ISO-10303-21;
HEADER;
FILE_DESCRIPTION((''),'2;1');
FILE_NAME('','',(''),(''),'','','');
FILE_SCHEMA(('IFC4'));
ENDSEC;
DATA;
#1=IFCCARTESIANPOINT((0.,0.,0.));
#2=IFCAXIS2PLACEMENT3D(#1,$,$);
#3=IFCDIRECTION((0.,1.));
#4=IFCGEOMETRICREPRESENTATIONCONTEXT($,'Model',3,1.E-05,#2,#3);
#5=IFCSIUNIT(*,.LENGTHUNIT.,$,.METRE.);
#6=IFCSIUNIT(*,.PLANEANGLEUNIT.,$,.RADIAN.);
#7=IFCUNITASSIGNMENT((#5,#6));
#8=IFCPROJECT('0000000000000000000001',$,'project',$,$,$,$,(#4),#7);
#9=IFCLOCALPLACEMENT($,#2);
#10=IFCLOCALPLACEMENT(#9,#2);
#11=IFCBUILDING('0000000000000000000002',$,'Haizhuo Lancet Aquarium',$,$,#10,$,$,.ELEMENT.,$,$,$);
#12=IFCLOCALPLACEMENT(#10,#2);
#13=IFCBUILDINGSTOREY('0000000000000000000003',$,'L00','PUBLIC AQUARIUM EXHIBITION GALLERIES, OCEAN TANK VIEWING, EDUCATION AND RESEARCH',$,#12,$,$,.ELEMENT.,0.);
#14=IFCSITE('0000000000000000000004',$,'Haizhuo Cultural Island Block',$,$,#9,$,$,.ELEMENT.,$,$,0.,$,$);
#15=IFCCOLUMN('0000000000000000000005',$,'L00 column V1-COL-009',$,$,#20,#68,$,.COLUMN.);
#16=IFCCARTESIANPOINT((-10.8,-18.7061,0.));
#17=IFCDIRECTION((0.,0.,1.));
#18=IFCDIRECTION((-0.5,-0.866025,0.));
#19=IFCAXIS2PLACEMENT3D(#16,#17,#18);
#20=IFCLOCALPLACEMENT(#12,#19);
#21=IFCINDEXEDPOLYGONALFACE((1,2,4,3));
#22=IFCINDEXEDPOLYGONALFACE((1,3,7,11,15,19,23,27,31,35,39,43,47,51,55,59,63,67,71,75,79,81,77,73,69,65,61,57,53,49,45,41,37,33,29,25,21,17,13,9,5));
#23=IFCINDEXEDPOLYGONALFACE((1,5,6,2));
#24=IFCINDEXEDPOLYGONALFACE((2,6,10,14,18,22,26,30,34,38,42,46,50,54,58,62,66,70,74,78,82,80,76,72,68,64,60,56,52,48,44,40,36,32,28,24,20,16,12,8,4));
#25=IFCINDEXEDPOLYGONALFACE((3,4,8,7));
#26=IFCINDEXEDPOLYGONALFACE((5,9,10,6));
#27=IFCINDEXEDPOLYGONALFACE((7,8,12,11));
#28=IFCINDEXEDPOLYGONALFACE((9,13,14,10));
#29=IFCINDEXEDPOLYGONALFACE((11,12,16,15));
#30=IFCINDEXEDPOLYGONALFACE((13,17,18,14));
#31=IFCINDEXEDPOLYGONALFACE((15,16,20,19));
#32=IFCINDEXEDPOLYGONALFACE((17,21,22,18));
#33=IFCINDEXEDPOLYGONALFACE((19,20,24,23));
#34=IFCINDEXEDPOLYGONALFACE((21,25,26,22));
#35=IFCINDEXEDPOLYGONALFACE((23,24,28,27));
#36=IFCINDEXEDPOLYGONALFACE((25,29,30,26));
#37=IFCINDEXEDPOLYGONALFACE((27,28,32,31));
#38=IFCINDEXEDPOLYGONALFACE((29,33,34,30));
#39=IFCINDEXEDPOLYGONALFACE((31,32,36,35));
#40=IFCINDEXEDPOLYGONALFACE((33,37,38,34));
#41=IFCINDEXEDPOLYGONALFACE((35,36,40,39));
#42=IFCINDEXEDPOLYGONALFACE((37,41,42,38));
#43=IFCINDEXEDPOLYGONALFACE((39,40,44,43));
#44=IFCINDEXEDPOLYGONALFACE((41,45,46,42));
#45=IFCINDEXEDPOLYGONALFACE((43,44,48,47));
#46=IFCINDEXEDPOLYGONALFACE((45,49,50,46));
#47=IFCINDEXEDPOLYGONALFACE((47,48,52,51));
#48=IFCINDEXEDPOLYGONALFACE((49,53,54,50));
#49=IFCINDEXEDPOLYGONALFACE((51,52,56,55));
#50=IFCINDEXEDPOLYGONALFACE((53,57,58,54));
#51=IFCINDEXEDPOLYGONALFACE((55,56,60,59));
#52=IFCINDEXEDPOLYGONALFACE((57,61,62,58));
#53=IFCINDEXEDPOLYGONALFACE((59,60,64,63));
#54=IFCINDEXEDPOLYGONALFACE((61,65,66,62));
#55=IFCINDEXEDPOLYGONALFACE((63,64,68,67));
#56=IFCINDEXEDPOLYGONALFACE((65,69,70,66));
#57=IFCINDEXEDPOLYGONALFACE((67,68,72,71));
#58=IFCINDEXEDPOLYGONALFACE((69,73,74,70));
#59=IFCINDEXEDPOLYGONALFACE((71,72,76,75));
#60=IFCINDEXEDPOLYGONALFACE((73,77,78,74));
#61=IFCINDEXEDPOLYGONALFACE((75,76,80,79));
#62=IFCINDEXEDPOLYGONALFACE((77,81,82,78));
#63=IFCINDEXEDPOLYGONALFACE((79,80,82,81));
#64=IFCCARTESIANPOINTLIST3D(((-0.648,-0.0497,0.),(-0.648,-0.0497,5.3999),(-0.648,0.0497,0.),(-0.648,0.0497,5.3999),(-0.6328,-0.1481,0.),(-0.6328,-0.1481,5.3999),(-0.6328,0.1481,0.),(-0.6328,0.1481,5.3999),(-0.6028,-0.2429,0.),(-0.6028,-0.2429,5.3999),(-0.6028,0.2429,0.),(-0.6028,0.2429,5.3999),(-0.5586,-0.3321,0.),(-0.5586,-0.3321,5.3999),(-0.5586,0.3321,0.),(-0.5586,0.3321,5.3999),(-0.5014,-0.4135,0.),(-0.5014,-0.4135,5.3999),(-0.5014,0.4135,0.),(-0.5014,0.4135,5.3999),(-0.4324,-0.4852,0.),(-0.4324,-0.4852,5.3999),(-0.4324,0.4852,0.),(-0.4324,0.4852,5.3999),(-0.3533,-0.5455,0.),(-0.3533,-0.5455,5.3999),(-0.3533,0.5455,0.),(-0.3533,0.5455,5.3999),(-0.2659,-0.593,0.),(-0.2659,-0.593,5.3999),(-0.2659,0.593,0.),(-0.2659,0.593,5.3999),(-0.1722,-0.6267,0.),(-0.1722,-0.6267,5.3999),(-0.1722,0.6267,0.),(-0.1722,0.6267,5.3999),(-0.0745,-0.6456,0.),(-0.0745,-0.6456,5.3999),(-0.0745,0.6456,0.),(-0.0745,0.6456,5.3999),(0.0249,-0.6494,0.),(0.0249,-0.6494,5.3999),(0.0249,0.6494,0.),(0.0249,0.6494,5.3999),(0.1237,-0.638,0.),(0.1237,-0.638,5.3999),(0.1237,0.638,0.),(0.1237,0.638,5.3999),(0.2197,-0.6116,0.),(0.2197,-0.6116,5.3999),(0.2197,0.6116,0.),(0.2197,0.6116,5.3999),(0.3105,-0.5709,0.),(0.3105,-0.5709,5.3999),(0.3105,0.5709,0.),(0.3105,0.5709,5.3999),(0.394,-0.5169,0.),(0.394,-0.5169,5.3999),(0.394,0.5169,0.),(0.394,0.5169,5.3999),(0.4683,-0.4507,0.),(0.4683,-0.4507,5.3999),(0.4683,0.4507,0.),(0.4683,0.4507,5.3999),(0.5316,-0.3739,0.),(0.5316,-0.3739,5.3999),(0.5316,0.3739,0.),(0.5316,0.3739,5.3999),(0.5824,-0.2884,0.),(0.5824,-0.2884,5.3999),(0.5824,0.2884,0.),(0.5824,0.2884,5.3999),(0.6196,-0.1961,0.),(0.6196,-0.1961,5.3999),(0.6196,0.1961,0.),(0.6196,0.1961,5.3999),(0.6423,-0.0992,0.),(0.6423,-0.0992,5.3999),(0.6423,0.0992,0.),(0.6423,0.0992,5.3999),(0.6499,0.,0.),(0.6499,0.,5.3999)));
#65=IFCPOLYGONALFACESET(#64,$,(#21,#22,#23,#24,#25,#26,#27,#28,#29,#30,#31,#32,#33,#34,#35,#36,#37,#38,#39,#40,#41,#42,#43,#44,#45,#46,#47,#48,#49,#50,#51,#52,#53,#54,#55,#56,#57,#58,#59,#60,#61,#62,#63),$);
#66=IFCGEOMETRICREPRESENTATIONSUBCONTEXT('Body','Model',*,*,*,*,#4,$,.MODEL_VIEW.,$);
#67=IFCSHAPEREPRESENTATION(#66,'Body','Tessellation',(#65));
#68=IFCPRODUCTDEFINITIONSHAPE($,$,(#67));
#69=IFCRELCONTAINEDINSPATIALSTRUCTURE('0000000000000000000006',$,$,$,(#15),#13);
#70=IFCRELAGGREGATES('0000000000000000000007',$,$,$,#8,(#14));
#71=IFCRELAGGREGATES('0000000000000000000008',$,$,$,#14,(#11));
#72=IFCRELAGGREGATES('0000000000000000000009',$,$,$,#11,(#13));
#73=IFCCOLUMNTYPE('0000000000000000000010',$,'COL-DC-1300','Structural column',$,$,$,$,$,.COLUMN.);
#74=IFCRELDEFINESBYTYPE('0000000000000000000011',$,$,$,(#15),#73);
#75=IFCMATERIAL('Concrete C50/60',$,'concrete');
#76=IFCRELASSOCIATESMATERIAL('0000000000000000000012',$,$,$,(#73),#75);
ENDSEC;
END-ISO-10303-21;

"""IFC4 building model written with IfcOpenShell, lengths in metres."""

from ifc_helpers import new_model, si_unit, direction, frame, origin, origin_2d, place, context, subcontext, project, spatial, circle, extrude, material, material_profile, profile_set, type_object, element, save


model = new_model("IFC4")

# Units and contexts
model_context = context("Model", 3, precision=1e-05, world=origin(), true_north=direction((0.0, 1.0)))
body_context = subcontext(model_context, "Body", "Model", "MODEL_VIEW")
ifc_project = project(units=[si_unit("LENGTHUNIT", "METRE"), si_unit("PLANEANGLEUNIT", "RADIAN")], contexts=[model_context])

# Site, building, storey
site_placement = place(None, origin())
site = spatial("IfcSite", under=ifc_project, at=site_placement, Name="Haizhuo Cultural Island Block", CompositionType="ELEMENT", RefElevation=0.0)
building_placement = place(site_placement, origin())
building = spatial("IfcBuilding", under=site, at=building_placement, Name="Haizhuo Lancet Aquarium", CompositionType="ELEMENT")
storey_placement = place(building_placement, origin())
storey = spatial("IfcBuildingStorey", under=building, at=storey_placement, Name="L00", Description="PUBLIC AQUARIUM EXHIBITION GALLERIES, OCEAN TANK VIEWING, EDUCATION AND RESEARCH", CompositionType="ELEMENT", Elevation=0.0)

# Column
ifc_material_1 = material(Name="Concrete C50/60", Category="concrete")
ifc_material_profile_1 = material_profile(ifc_material_1, circle(Radius=0.6499, at=origin_2d()), Name="RC-DC 1300")
ifc_profile_set_1 = profile_set([ifc_material_profile_1], Name="Concrete C50/60")
column_type_1 = type_object("IfcColumnType", Name="COL-DC-1300", Description="Structural column", PredefinedType="COLUMN", material=ifc_profile_set_1)
for number, where, z_axis, x_axis, name in (
    (1, (-10.8, -18.7061, 0.0), (0.0, 0.0, 1.0), (-0.5, -0.866025, 0.0), "L00 column V1-COL-009"),
):
    element("IfcColumn", number, at=place(storey_placement, frame(where, z_axis=z_axis, x_axis=x_axis)), inside=storey, type_object=column_type_1, Name=name, PredefinedType="COLUMN", context=body_context, shape_type="SweptSolid", body=[
        extrude(circle(Radius=0.6499, at=origin_2d()), origin(), (0.0, 0.0, 1.0), 5.3999),
    ])

save(model, "model.ifc")
